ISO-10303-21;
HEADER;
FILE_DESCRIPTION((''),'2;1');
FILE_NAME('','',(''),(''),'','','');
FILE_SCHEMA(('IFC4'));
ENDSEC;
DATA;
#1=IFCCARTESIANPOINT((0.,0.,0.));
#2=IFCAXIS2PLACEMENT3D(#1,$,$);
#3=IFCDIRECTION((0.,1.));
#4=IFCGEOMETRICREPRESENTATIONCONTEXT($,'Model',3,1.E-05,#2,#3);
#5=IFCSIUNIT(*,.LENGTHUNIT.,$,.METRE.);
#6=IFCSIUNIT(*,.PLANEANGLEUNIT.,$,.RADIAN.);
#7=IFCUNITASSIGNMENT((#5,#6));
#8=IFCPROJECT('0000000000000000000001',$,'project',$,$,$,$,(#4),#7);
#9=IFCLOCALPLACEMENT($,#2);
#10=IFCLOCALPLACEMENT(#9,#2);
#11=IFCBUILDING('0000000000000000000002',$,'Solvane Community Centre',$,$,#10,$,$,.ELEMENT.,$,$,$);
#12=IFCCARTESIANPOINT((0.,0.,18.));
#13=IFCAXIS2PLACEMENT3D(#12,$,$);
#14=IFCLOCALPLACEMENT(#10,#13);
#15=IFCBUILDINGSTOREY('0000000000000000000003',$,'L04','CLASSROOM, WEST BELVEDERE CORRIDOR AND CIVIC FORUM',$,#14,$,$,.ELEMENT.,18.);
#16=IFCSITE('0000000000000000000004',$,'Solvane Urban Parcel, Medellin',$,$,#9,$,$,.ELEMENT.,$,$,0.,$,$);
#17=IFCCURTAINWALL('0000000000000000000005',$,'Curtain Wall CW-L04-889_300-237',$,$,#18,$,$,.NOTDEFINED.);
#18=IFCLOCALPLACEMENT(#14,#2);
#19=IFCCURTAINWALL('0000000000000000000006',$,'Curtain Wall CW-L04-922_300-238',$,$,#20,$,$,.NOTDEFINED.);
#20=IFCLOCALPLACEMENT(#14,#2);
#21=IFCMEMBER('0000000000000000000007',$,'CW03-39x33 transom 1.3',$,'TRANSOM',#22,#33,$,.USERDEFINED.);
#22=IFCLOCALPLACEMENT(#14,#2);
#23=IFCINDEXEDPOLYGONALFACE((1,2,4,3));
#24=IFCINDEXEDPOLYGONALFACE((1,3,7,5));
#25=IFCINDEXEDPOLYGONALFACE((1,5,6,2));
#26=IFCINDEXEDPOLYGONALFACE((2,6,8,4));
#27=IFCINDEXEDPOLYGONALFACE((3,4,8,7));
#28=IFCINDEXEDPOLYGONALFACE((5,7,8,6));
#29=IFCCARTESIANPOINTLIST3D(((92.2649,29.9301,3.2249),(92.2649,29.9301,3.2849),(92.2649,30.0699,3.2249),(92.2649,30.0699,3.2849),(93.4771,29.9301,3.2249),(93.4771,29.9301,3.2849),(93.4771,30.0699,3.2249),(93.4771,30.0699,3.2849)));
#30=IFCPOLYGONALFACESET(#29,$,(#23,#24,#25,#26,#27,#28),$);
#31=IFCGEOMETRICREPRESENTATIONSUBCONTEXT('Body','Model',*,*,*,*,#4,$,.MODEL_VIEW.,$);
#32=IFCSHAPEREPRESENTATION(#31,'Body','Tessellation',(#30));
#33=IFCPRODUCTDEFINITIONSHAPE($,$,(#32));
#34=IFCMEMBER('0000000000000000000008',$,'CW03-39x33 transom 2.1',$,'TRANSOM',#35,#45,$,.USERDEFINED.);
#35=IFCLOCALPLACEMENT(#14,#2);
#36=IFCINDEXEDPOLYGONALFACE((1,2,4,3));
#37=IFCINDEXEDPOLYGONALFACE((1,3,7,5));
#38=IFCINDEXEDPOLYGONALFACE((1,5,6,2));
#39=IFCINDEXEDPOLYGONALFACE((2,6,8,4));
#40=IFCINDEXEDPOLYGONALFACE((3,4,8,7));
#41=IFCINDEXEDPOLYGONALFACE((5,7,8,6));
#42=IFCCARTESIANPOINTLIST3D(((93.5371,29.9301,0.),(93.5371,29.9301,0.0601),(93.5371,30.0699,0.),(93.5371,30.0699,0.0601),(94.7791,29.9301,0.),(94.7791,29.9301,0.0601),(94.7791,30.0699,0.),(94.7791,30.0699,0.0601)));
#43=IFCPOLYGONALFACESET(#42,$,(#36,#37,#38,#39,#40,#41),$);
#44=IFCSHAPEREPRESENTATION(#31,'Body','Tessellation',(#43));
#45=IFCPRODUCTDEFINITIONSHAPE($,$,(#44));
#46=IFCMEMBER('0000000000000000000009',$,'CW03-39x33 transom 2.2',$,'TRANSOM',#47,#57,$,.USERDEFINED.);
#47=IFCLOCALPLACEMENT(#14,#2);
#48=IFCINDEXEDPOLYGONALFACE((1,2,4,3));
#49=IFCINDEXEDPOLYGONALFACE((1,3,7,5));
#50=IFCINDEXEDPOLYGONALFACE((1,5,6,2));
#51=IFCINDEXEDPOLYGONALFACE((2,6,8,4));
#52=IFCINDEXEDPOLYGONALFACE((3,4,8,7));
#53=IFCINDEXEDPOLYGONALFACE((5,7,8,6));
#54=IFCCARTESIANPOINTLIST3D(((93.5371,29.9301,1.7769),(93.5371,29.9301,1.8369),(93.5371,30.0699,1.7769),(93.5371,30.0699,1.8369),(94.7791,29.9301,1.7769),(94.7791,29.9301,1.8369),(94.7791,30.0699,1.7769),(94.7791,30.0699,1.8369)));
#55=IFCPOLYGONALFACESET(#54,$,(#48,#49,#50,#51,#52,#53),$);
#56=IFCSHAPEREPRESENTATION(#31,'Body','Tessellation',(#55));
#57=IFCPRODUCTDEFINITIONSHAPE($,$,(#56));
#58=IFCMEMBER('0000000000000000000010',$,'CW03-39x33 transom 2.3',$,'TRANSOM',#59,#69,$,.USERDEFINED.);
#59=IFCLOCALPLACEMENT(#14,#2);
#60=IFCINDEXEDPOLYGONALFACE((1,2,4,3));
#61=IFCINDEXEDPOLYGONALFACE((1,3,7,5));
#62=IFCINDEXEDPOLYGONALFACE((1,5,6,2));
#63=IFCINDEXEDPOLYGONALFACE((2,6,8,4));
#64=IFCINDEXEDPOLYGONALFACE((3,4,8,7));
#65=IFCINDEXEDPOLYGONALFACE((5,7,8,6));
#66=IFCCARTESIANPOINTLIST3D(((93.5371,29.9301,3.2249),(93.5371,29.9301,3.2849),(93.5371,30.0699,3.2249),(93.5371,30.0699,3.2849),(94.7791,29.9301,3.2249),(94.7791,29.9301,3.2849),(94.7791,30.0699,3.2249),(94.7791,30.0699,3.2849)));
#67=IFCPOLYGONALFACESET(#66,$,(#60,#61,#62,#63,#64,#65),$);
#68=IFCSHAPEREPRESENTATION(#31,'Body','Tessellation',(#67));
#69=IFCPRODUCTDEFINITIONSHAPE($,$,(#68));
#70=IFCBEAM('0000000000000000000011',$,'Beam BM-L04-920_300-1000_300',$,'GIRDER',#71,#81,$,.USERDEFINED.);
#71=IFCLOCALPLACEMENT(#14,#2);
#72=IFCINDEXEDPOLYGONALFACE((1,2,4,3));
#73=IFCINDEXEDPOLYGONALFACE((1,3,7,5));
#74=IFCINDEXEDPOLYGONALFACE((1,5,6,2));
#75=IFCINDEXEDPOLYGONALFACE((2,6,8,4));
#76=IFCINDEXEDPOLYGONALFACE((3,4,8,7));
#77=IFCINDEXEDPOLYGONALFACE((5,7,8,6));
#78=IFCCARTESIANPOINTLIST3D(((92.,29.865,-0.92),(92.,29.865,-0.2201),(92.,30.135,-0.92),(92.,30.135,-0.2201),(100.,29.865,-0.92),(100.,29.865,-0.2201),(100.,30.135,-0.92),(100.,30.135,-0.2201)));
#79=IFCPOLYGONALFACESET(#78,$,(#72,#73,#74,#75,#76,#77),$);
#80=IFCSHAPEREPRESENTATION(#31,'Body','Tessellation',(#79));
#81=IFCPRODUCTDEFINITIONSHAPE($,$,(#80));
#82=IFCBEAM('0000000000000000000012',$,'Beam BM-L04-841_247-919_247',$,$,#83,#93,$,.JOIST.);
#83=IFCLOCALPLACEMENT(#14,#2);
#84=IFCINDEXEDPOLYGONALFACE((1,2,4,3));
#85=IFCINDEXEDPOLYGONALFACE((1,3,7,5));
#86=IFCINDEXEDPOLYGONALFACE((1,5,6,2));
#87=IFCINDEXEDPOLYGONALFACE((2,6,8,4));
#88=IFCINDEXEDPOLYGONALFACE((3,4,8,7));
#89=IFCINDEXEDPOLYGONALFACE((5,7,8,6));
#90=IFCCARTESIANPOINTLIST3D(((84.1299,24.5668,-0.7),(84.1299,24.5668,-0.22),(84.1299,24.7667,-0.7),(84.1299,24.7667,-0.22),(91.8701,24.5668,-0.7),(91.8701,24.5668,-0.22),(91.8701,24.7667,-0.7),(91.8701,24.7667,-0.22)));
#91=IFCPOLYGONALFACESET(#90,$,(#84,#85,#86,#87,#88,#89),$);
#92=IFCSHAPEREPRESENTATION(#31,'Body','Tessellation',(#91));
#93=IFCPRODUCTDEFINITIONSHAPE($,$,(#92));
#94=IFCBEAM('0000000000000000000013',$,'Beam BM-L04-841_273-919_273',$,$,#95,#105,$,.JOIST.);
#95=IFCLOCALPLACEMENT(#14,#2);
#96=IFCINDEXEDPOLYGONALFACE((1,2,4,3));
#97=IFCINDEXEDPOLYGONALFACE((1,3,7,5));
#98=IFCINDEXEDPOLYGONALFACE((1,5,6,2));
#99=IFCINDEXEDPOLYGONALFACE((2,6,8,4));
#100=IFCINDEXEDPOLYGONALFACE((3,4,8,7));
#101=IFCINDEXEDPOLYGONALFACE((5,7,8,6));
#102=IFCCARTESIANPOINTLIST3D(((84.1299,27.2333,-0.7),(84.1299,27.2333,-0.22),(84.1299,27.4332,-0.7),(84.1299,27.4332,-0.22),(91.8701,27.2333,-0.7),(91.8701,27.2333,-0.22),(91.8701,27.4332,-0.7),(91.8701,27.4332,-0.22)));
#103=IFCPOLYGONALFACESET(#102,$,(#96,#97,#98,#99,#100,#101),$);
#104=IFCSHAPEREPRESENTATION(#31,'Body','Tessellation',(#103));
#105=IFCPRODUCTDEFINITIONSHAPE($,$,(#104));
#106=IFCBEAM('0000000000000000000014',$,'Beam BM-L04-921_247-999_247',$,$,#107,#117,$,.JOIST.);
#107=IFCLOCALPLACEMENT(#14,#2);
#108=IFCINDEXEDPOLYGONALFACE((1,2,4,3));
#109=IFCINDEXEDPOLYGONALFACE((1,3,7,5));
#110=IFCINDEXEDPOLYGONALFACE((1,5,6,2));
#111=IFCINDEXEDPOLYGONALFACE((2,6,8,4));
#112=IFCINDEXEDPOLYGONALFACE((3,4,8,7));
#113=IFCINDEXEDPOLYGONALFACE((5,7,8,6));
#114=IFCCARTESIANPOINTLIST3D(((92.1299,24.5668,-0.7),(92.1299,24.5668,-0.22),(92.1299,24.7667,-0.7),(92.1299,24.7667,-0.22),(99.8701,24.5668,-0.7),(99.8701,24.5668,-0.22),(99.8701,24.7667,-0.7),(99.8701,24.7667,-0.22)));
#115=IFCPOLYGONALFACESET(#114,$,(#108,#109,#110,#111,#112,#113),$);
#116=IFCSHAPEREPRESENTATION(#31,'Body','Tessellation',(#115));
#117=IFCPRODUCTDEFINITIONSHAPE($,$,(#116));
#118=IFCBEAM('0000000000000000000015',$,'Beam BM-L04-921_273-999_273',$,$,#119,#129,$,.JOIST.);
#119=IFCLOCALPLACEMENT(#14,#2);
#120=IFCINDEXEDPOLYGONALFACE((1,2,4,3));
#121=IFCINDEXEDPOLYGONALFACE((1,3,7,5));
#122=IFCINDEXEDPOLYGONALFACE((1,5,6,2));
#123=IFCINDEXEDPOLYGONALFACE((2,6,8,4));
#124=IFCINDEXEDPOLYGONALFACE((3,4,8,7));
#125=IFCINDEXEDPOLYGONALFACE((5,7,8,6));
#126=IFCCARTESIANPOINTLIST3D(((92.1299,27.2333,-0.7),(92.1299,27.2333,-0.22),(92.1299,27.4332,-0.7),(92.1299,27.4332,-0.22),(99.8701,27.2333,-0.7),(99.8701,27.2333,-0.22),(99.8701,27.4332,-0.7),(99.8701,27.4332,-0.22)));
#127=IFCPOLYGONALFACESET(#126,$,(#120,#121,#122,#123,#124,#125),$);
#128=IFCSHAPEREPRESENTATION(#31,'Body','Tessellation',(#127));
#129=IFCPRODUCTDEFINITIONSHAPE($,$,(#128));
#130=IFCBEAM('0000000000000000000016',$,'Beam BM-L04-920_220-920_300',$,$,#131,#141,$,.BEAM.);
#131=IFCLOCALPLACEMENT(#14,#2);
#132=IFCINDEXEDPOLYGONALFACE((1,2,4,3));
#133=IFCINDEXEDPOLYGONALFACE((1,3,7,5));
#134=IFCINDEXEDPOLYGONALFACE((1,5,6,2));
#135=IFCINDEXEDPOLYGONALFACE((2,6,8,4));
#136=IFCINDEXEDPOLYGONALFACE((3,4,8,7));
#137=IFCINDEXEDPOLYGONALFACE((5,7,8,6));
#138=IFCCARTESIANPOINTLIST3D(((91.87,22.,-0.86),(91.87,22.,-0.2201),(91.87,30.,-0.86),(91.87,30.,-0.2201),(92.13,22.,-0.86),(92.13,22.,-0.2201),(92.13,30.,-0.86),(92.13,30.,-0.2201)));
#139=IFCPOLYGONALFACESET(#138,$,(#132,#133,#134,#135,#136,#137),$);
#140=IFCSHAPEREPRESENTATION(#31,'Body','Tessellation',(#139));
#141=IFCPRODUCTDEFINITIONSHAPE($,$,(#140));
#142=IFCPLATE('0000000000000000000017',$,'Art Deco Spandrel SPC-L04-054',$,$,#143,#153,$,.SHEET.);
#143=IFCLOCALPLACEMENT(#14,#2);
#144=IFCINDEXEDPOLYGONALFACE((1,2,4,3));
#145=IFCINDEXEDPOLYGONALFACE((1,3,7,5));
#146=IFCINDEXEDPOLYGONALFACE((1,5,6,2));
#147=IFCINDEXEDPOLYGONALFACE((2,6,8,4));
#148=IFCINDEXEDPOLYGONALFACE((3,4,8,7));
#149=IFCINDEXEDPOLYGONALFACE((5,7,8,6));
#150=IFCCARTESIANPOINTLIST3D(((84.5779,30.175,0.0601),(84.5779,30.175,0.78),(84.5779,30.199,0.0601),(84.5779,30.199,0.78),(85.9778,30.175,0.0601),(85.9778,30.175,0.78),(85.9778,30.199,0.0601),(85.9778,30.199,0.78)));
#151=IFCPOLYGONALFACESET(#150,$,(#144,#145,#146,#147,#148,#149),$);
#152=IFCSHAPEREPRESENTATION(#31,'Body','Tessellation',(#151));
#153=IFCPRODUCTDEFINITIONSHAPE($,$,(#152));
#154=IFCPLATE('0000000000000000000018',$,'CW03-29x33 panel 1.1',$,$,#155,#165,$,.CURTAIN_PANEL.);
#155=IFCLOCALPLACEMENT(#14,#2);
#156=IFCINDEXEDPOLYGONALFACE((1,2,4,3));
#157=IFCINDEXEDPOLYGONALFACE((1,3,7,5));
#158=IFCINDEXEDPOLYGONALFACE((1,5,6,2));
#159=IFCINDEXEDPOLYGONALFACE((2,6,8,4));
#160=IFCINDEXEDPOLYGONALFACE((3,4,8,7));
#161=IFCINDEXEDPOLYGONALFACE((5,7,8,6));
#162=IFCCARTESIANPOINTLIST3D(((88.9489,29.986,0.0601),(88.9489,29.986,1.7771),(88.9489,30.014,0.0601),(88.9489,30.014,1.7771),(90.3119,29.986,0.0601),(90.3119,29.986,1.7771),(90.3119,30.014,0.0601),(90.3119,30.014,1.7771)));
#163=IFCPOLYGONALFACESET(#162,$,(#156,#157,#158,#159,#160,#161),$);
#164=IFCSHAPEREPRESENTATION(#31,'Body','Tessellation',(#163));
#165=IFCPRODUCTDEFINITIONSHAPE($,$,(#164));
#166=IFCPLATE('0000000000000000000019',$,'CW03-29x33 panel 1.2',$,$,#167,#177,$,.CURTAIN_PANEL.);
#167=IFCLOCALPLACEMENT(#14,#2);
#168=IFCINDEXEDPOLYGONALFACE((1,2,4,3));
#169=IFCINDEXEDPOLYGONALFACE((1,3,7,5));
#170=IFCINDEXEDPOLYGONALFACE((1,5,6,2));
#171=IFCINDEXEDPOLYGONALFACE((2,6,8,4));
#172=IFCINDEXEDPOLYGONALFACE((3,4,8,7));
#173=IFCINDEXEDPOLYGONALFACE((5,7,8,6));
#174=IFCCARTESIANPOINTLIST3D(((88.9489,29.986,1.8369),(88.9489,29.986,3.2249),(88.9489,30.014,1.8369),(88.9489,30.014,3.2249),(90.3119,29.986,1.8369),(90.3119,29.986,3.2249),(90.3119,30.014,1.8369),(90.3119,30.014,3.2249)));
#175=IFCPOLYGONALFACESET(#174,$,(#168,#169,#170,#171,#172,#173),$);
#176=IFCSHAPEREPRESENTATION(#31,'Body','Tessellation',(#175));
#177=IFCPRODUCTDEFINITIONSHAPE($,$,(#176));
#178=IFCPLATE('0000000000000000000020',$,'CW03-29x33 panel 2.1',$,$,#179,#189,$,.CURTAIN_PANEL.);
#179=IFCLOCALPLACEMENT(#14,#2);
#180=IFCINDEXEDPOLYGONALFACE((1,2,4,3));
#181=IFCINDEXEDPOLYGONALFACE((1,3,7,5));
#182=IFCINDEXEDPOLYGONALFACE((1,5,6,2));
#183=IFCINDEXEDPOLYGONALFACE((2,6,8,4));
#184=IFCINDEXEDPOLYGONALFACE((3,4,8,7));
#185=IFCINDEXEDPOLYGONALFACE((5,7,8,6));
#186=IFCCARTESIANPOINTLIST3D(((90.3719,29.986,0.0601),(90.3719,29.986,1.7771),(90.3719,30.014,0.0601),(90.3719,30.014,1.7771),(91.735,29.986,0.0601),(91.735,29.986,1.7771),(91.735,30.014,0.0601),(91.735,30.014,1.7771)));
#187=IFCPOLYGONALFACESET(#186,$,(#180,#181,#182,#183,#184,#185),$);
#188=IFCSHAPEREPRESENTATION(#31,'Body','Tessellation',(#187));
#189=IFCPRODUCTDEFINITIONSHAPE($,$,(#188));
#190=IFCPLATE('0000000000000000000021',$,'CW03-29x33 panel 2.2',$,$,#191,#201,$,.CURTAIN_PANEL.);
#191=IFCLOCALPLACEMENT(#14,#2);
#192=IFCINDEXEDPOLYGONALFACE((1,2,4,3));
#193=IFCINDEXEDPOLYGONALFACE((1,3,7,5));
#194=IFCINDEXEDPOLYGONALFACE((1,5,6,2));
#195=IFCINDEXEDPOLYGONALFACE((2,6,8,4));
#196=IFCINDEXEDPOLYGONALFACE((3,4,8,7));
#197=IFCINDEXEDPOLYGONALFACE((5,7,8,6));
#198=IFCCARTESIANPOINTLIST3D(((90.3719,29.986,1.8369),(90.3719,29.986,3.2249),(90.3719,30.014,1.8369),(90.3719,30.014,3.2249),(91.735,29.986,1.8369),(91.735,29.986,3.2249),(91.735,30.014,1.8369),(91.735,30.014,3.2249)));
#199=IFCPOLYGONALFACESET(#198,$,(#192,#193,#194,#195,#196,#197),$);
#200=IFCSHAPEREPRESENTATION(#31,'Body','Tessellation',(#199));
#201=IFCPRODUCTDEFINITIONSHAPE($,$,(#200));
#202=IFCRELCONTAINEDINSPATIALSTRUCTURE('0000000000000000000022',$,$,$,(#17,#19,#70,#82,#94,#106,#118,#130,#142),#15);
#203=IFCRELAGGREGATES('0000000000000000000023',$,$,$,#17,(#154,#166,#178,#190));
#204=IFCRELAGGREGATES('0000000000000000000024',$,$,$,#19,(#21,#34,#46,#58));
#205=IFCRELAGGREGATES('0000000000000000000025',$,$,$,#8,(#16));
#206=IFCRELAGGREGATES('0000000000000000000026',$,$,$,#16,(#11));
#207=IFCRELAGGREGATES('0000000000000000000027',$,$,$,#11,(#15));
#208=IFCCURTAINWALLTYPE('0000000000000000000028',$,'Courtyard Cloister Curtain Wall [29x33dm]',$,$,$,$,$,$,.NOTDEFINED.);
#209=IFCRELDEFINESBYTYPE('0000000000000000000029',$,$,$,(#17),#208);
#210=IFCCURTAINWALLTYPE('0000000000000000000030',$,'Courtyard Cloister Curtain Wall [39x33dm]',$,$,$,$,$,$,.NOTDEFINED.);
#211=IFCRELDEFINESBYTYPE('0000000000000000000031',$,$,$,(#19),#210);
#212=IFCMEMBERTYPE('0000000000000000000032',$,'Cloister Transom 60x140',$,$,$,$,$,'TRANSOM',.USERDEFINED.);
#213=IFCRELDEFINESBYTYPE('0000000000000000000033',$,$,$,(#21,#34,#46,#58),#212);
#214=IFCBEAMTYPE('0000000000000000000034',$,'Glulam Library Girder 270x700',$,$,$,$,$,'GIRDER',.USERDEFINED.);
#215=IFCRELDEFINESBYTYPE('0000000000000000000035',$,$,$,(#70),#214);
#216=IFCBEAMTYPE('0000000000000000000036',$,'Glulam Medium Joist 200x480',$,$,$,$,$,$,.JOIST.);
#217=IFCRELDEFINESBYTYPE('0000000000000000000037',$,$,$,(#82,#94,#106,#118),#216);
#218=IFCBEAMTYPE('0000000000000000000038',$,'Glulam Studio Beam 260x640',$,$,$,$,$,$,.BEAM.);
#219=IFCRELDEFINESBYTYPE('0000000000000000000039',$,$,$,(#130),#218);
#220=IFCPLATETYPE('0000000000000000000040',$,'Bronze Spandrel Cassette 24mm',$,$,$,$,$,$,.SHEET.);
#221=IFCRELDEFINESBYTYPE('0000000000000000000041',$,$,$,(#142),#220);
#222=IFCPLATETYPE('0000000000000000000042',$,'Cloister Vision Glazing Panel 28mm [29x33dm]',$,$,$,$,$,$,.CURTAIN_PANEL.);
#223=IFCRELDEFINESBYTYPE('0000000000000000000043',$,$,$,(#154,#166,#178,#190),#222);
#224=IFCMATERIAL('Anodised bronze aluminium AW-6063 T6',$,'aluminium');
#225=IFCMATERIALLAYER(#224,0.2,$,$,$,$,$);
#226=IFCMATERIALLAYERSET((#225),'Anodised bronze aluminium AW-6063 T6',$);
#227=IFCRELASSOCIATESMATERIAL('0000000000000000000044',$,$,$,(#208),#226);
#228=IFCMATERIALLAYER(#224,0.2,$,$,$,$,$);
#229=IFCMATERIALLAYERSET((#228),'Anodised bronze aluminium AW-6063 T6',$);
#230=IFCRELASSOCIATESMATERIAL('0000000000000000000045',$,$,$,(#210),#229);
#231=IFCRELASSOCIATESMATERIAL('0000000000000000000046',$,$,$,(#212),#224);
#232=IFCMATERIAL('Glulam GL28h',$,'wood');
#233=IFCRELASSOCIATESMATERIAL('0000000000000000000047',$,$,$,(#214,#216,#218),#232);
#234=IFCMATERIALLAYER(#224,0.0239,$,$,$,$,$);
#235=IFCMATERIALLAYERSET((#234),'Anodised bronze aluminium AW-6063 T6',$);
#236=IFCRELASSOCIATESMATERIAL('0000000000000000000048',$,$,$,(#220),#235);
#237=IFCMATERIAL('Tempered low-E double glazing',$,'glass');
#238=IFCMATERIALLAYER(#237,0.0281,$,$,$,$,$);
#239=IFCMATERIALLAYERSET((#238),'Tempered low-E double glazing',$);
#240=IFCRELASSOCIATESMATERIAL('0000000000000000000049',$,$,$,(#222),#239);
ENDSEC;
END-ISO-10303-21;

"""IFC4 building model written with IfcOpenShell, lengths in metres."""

from ifc_helpers import new_model, si_unit, direction, frame, origin, origin_2d, place, context, subcontext, project, spatial, rectangle, extrude, material, layer, layer_set, material_profile, profile_set, type_object, element, aggregate, save


model = new_model("IFC4")

# Units and contexts
model_context = context("Model", 3, precision=1e-05, world=origin(), true_north=direction((0.0, 1.0)))
body_context = subcontext(model_context, "Body", "Model", "MODEL_VIEW")
ifc_project = project(units=[si_unit("LENGTHUNIT", "METRE"), si_unit("PLANEANGLEUNIT", "RADIAN")], contexts=[model_context])

# Site, building, storey
site_placement = place(None, origin())
site = spatial("IfcSite", under=ifc_project, at=site_placement, Name="Solvane Urban Parcel, Medellin", CompositionType="ELEMENT", RefElevation=0.0)
building_placement = place(site_placement, origin())
building = spatial("IfcBuilding", under=site, at=building_placement, Name="Solvane Community Centre", CompositionType="ELEMENT")
storey_placement = place(building_placement, frame((0.0, 0.0, 18.0)))
storey = spatial("IfcBuildingStorey", under=building, at=storey_placement, Name="L04", Description="CLASSROOM, WEST BELVEDERE CORRIDOR AND CIVIC FORUM", CompositionType="ELEMENT", Elevation=18.0)

# Curtain walls
ifc_material_1 = material(Name="Anodised bronze aluminium AW-6063 T6", Category="aluminium")
ifc_layer_1 = layer(ifc_material_1, 0.2)
ifc_layer_set_1 = layer_set([ifc_layer_1], Name="Anodised bronze aluminium AW-6063 T6")
curtain_wall_type_1 = type_object("IfcCurtainWallType", Name="Courtyard Cloister Curtain Wall [29x33dm]", PredefinedType="NOTDEFINED", material=ifc_layer_set_1)
curtain_wall_1_placement = place(storey_placement, origin())
curtain_wall_1 = element("IfcCurtainWall", 1, at=curtain_wall_1_placement, inside=storey, type_object=curtain_wall_type_1, Name="Curtain Wall CW-L04-889_300-237", PredefinedType="NOTDEFINED")
ifc_layer_2 = layer(ifc_material_1, 0.2)
ifc_layer_set_2 = layer_set([ifc_layer_2], Name="Anodised bronze aluminium AW-6063 T6")
curtain_wall_type_2 = type_object("IfcCurtainWallType", Name="Courtyard Cloister Curtain Wall [39x33dm]", PredefinedType="NOTDEFINED", material=ifc_layer_set_2)
curtain_wall_2_placement = place(storey_placement, origin())
curtain_wall_2 = element("IfcCurtainWall", 2, at=curtain_wall_2_placement, inside=storey, type_object=curtain_wall_type_2, Name="Curtain Wall CW-L04-922_300-238", PredefinedType="NOTDEFINED")

# Members
ifc_material_profile_1 = material_profile(ifc_material_1, rectangle(XDim=0.1399, YDim=0.0601, at=origin_2d()), Name="CW-T 60x140")
ifc_profile_set_1 = profile_set([ifc_material_profile_1], Name="Anodised bronze aluminium AW-6063 T6")
member_type_1 = type_object("IfcMemberType", Name="Cloister Transom 60x140", ElementType="TRANSOM", PredefinedType="USERDEFINED", material=ifc_profile_set_1)
member_1_placement = place(storey_placement, frame((92.2649, 30.0, 3.2549), z_axis=(1.0, 0.0, 0.0), x_axis=(0.0, 1.0, 0.0)))
member_1 = element("IfcMember", 3, at=member_1_placement, type_object=member_type_1, Name="CW03-39x33 transom 1.3", ObjectType="TRANSOM", PredefinedType="USERDEFINED", context=body_context, shape_type="SweptSolid", body=[
    extrude(rectangle(XDim=0.1399, YDim=0.0601, at=origin_2d()), origin(), (0.0, 0.0, 1.0), 1.2122),
])
member_2_placement = place(storey_placement, frame((93.5371, 30.0, 0.03), z_axis=(1.0, 0.0, 0.0), x_axis=(0.0, 1.0, 0.0)))
member_2 = element("IfcMember", 4, at=member_2_placement, type_object=member_type_1, Name="CW03-39x33 transom 2.1", ObjectType="TRANSOM", PredefinedType="USERDEFINED", context=body_context, shape_type="SweptSolid", body=[
    extrude(rectangle(XDim=0.1399, YDim=0.0601, at=origin_2d()), origin(), (0.0, 0.0, 1.0), 1.2419),
])
member_3_placement = place(storey_placement, frame((93.5371, 30.0, 1.8069), z_axis=(1.0, 0.0, 0.0), x_axis=(0.0, 1.0, 0.0)))
member_3 = element("IfcMember", 5, at=member_3_placement, type_object=member_type_1, Name="CW03-39x33 transom 2.2", ObjectType="TRANSOM", PredefinedType="USERDEFINED", context=body_context, shape_type="SweptSolid", body=[
    extrude(rectangle(XDim=0.1399, YDim=0.0601, at=origin_2d()), origin(), (0.0, 0.0, 1.0), 1.2419),
])
member_4_placement = place(storey_placement, frame((93.5371, 30.0, 3.2549), z_axis=(1.0, 0.0, 0.0), x_axis=(0.0, 1.0, 0.0)))
member_4 = element("IfcMember", 6, at=member_4_placement, type_object=member_type_1, Name="CW03-39x33 transom 2.3", ObjectType="TRANSOM", PredefinedType="USERDEFINED", context=body_context, shape_type="SweptSolid", body=[
    extrude(rectangle(XDim=0.1399, YDim=0.0601, at=origin_2d()), origin(), (0.0, 0.0, 1.0), 1.2419),
])

# Beams
ifc_material_2 = material(Name="Glulam GL28h", Category="wood")
ifc_material_profile_2 = material_profile(ifc_material_2, rectangle(XDim=0.27, YDim=0.7, at=origin_2d()), Name="GL28h 270x700")
ifc_profile_set_2 = profile_set([ifc_material_profile_2], Name="Glulam GL28h")
beam_type_1 = type_object("IfcBeamType", Name="Glulam Library Girder 270x700", ElementType="GIRDER", PredefinedType="USERDEFINED", material=ifc_profile_set_2)
beam_1_placement = place(storey_placement, frame((92.0, 30.0, -0.5701), z_axis=(1.0, 0.0, 0.0), x_axis=(0.0, 1.0, 0.0)))
element("IfcBeam", 7, at=beam_1_placement, inside=storey, type_object=beam_type_1, Name="Beam BM-L04-920_300-1000_300", ObjectType="GIRDER", PredefinedType="USERDEFINED", context=body_context, shape_type="SweptSolid", body=[
    extrude(rectangle(XDim=0.27, YDim=0.7, at=origin_2d()), origin(), (0.0, 0.0, 1.0), 8.0),
])
ifc_material_profile_3 = material_profile(ifc_material_2, rectangle(XDim=0.2, YDim=0.48, at=origin_2d()), Name="GL28h 200x480")
ifc_profile_set_3 = profile_set([ifc_material_profile_3], Name="Glulam GL28h")
beam_type_2 = type_object("IfcBeamType", Name="Glulam Medium Joist 200x480", PredefinedType="JOIST", material=ifc_profile_set_3)
for number, where, z_axis, x_axis, name in (
    (8, (84.1299, 24.6667, -0.46), (1.0, 0.0, 0.0), (0.0, 1.0, 0.0), "Beam BM-L04-841_247-919_247"),
    (9, (84.1299, 27.3333, -0.46), (1.0, 0.0, 0.0), (0.0, 1.0, 0.0), "Beam BM-L04-841_273-919_273"),
    (10, (92.1299, 24.6667, -0.46), (1.0, 0.0, 0.0), (0.0, 1.0, 0.0), "Beam BM-L04-921_247-999_247"),
    (11, (92.1299, 27.3333, -0.46), (1.0, 0.0, 0.0), (0.0, 1.0, 0.0), "Beam BM-L04-921_273-999_273"),
):
    element("IfcBeam", number, at=place(storey_placement, frame(where, z_axis=z_axis, x_axis=x_axis)), inside=storey, type_object=beam_type_2, Name=name, PredefinedType="JOIST", context=body_context, shape_type="SweptSolid", body=[
        extrude(rectangle(XDim=0.2, YDim=0.48, at=origin_2d()), origin(), (0.0, 0.0, 1.0), 7.7402),
    ])
ifc_material_profile_4 = material_profile(ifc_material_2, rectangle(XDim=0.26, YDim=0.6399, at=origin_2d()), Name="GL28h 260x640")
ifc_profile_set_4 = profile_set([ifc_material_profile_4], Name="Glulam GL28h")
beam_type_3 = type_object("IfcBeamType", Name="Glulam Studio Beam 260x640", PredefinedType="BEAM", material=ifc_profile_set_4)
beam_2_placement = place(storey_placement, frame((92.0, 22.0, -0.54), z_axis=(0.0, 1.0, 0.0), x_axis=(-1.0, 0.0, 0.0)))
element("IfcBeam", 12, at=beam_2_placement, inside=storey, type_object=beam_type_3, Name="Beam BM-L04-920_220-920_300", PredefinedType="BEAM", context=body_context, shape_type="SweptSolid", body=[
    extrude(rectangle(XDim=0.26, YDim=0.6399, at=origin_2d()), origin(), (0.0, 0.0, 1.0), 8.0),
])

# Plates
ifc_layer_3 = layer(ifc_material_1, 0.0239)
ifc_layer_set_3 = layer_set([ifc_layer_3], Name="Anodised bronze aluminium AW-6063 T6")
plate_type_1 = type_object("IfcPlateType", Name="Bronze Spandrel Cassette 24mm", PredefinedType="SHEET", material=ifc_layer_set_3)
plate_1_placement = place(storey_placement, frame((85.2778, 30.187, 0.0601), z_axis=(0.0, 0.0, 1.0), x_axis=(1.0, 0.0, 0.0)))
element("IfcPlate", 13, at=plate_1_placement, inside=storey, type_object=plate_type_1, Name="Art Deco Spandrel SPC-L04-054", PredefinedType="SHEET", context=body_context, shape_type="SweptSolid", body=[
    extrude(rectangle(XDim=1.3999, YDim=0.0239, at=origin_2d()), origin(), (0.0, 0.0, 1.0), 0.72),
])
ifc_material_3 = material(Name="Tempered low-E double glazing", Category="glass")
ifc_layer_4 = layer(ifc_material_3, 0.0281)
ifc_layer_set_4 = layer_set([ifc_layer_4], Name="Tempered low-E double glazing")
plate_type_2 = type_object("IfcPlateType", Name="Cloister Vision Glazing Panel 28mm [29x33dm]", PredefinedType="CURTAIN_PANEL", material=ifc_layer_set_4)
plate_2_placement = place(storey_placement, frame((89.6304, 30.0, 0.0601), z_axis=(0.0, 0.0, 1.0), x_axis=(1.0, 0.0, 0.0)))
plate_2 = element("IfcPlate", 14, at=plate_2_placement, type_object=plate_type_2, Name="CW03-29x33 panel 1.1", PredefinedType="CURTAIN_PANEL", context=body_context, shape_type="SweptSolid", body=[
    extrude(rectangle(XDim=1.363, YDim=0.0281, at=origin_2d()), origin(), (0.0, 0.0, 1.0), 1.717),
])
plate_3_placement = place(storey_placement, frame((89.6304, 30.0, 1.8369), z_axis=(0.0, 0.0, 1.0), x_axis=(1.0, 0.0, 0.0)))
plate_3 = element("IfcPlate", 15, at=plate_3_placement, type_object=plate_type_2, Name="CW03-29x33 panel 1.2", PredefinedType="CURTAIN_PANEL", context=body_context, shape_type="SweptSolid", body=[
    extrude(rectangle(XDim=1.363, YDim=0.0281, at=origin_2d()), origin(), (0.0, 0.0, 1.0), 1.3879),
])
plate_4_placement = place(storey_placement, frame((91.0535, 30.0, 0.0601), z_axis=(0.0, 0.0, 1.0), x_axis=(1.0, 0.0, 0.0)))
plate_4 = element("IfcPlate", 16, at=plate_4_placement, type_object=plate_type_2, Name="CW03-29x33 panel 2.1", PredefinedType="CURTAIN_PANEL", context=body_context, shape_type="SweptSolid", body=[
    extrude(rectangle(XDim=1.363, YDim=0.0281, at=origin_2d()), origin(), (0.0, 0.0, 1.0), 1.717),
])
plate_5_placement = place(storey_placement, frame((91.0535, 30.0, 1.8369), z_axis=(0.0, 0.0, 1.0), x_axis=(1.0, 0.0, 0.0)))
plate_5 = element("IfcPlate", 17, at=plate_5_placement, type_object=plate_type_2, Name="CW03-29x33 panel 2.2", PredefinedType="CURTAIN_PANEL", context=body_context, shape_type="SweptSolid", body=[
    extrude(rectangle(XDim=1.363, YDim=0.0281, at=origin_2d()), origin(), (0.0, 0.0, 1.0), 1.3879),
])
aggregate(curtain_wall_1, [plate_2, plate_3, plate_4, plate_5])
aggregate(curtain_wall_2, [member_1, member_2, member_3, member_4])

save(model, "model.ifc")
